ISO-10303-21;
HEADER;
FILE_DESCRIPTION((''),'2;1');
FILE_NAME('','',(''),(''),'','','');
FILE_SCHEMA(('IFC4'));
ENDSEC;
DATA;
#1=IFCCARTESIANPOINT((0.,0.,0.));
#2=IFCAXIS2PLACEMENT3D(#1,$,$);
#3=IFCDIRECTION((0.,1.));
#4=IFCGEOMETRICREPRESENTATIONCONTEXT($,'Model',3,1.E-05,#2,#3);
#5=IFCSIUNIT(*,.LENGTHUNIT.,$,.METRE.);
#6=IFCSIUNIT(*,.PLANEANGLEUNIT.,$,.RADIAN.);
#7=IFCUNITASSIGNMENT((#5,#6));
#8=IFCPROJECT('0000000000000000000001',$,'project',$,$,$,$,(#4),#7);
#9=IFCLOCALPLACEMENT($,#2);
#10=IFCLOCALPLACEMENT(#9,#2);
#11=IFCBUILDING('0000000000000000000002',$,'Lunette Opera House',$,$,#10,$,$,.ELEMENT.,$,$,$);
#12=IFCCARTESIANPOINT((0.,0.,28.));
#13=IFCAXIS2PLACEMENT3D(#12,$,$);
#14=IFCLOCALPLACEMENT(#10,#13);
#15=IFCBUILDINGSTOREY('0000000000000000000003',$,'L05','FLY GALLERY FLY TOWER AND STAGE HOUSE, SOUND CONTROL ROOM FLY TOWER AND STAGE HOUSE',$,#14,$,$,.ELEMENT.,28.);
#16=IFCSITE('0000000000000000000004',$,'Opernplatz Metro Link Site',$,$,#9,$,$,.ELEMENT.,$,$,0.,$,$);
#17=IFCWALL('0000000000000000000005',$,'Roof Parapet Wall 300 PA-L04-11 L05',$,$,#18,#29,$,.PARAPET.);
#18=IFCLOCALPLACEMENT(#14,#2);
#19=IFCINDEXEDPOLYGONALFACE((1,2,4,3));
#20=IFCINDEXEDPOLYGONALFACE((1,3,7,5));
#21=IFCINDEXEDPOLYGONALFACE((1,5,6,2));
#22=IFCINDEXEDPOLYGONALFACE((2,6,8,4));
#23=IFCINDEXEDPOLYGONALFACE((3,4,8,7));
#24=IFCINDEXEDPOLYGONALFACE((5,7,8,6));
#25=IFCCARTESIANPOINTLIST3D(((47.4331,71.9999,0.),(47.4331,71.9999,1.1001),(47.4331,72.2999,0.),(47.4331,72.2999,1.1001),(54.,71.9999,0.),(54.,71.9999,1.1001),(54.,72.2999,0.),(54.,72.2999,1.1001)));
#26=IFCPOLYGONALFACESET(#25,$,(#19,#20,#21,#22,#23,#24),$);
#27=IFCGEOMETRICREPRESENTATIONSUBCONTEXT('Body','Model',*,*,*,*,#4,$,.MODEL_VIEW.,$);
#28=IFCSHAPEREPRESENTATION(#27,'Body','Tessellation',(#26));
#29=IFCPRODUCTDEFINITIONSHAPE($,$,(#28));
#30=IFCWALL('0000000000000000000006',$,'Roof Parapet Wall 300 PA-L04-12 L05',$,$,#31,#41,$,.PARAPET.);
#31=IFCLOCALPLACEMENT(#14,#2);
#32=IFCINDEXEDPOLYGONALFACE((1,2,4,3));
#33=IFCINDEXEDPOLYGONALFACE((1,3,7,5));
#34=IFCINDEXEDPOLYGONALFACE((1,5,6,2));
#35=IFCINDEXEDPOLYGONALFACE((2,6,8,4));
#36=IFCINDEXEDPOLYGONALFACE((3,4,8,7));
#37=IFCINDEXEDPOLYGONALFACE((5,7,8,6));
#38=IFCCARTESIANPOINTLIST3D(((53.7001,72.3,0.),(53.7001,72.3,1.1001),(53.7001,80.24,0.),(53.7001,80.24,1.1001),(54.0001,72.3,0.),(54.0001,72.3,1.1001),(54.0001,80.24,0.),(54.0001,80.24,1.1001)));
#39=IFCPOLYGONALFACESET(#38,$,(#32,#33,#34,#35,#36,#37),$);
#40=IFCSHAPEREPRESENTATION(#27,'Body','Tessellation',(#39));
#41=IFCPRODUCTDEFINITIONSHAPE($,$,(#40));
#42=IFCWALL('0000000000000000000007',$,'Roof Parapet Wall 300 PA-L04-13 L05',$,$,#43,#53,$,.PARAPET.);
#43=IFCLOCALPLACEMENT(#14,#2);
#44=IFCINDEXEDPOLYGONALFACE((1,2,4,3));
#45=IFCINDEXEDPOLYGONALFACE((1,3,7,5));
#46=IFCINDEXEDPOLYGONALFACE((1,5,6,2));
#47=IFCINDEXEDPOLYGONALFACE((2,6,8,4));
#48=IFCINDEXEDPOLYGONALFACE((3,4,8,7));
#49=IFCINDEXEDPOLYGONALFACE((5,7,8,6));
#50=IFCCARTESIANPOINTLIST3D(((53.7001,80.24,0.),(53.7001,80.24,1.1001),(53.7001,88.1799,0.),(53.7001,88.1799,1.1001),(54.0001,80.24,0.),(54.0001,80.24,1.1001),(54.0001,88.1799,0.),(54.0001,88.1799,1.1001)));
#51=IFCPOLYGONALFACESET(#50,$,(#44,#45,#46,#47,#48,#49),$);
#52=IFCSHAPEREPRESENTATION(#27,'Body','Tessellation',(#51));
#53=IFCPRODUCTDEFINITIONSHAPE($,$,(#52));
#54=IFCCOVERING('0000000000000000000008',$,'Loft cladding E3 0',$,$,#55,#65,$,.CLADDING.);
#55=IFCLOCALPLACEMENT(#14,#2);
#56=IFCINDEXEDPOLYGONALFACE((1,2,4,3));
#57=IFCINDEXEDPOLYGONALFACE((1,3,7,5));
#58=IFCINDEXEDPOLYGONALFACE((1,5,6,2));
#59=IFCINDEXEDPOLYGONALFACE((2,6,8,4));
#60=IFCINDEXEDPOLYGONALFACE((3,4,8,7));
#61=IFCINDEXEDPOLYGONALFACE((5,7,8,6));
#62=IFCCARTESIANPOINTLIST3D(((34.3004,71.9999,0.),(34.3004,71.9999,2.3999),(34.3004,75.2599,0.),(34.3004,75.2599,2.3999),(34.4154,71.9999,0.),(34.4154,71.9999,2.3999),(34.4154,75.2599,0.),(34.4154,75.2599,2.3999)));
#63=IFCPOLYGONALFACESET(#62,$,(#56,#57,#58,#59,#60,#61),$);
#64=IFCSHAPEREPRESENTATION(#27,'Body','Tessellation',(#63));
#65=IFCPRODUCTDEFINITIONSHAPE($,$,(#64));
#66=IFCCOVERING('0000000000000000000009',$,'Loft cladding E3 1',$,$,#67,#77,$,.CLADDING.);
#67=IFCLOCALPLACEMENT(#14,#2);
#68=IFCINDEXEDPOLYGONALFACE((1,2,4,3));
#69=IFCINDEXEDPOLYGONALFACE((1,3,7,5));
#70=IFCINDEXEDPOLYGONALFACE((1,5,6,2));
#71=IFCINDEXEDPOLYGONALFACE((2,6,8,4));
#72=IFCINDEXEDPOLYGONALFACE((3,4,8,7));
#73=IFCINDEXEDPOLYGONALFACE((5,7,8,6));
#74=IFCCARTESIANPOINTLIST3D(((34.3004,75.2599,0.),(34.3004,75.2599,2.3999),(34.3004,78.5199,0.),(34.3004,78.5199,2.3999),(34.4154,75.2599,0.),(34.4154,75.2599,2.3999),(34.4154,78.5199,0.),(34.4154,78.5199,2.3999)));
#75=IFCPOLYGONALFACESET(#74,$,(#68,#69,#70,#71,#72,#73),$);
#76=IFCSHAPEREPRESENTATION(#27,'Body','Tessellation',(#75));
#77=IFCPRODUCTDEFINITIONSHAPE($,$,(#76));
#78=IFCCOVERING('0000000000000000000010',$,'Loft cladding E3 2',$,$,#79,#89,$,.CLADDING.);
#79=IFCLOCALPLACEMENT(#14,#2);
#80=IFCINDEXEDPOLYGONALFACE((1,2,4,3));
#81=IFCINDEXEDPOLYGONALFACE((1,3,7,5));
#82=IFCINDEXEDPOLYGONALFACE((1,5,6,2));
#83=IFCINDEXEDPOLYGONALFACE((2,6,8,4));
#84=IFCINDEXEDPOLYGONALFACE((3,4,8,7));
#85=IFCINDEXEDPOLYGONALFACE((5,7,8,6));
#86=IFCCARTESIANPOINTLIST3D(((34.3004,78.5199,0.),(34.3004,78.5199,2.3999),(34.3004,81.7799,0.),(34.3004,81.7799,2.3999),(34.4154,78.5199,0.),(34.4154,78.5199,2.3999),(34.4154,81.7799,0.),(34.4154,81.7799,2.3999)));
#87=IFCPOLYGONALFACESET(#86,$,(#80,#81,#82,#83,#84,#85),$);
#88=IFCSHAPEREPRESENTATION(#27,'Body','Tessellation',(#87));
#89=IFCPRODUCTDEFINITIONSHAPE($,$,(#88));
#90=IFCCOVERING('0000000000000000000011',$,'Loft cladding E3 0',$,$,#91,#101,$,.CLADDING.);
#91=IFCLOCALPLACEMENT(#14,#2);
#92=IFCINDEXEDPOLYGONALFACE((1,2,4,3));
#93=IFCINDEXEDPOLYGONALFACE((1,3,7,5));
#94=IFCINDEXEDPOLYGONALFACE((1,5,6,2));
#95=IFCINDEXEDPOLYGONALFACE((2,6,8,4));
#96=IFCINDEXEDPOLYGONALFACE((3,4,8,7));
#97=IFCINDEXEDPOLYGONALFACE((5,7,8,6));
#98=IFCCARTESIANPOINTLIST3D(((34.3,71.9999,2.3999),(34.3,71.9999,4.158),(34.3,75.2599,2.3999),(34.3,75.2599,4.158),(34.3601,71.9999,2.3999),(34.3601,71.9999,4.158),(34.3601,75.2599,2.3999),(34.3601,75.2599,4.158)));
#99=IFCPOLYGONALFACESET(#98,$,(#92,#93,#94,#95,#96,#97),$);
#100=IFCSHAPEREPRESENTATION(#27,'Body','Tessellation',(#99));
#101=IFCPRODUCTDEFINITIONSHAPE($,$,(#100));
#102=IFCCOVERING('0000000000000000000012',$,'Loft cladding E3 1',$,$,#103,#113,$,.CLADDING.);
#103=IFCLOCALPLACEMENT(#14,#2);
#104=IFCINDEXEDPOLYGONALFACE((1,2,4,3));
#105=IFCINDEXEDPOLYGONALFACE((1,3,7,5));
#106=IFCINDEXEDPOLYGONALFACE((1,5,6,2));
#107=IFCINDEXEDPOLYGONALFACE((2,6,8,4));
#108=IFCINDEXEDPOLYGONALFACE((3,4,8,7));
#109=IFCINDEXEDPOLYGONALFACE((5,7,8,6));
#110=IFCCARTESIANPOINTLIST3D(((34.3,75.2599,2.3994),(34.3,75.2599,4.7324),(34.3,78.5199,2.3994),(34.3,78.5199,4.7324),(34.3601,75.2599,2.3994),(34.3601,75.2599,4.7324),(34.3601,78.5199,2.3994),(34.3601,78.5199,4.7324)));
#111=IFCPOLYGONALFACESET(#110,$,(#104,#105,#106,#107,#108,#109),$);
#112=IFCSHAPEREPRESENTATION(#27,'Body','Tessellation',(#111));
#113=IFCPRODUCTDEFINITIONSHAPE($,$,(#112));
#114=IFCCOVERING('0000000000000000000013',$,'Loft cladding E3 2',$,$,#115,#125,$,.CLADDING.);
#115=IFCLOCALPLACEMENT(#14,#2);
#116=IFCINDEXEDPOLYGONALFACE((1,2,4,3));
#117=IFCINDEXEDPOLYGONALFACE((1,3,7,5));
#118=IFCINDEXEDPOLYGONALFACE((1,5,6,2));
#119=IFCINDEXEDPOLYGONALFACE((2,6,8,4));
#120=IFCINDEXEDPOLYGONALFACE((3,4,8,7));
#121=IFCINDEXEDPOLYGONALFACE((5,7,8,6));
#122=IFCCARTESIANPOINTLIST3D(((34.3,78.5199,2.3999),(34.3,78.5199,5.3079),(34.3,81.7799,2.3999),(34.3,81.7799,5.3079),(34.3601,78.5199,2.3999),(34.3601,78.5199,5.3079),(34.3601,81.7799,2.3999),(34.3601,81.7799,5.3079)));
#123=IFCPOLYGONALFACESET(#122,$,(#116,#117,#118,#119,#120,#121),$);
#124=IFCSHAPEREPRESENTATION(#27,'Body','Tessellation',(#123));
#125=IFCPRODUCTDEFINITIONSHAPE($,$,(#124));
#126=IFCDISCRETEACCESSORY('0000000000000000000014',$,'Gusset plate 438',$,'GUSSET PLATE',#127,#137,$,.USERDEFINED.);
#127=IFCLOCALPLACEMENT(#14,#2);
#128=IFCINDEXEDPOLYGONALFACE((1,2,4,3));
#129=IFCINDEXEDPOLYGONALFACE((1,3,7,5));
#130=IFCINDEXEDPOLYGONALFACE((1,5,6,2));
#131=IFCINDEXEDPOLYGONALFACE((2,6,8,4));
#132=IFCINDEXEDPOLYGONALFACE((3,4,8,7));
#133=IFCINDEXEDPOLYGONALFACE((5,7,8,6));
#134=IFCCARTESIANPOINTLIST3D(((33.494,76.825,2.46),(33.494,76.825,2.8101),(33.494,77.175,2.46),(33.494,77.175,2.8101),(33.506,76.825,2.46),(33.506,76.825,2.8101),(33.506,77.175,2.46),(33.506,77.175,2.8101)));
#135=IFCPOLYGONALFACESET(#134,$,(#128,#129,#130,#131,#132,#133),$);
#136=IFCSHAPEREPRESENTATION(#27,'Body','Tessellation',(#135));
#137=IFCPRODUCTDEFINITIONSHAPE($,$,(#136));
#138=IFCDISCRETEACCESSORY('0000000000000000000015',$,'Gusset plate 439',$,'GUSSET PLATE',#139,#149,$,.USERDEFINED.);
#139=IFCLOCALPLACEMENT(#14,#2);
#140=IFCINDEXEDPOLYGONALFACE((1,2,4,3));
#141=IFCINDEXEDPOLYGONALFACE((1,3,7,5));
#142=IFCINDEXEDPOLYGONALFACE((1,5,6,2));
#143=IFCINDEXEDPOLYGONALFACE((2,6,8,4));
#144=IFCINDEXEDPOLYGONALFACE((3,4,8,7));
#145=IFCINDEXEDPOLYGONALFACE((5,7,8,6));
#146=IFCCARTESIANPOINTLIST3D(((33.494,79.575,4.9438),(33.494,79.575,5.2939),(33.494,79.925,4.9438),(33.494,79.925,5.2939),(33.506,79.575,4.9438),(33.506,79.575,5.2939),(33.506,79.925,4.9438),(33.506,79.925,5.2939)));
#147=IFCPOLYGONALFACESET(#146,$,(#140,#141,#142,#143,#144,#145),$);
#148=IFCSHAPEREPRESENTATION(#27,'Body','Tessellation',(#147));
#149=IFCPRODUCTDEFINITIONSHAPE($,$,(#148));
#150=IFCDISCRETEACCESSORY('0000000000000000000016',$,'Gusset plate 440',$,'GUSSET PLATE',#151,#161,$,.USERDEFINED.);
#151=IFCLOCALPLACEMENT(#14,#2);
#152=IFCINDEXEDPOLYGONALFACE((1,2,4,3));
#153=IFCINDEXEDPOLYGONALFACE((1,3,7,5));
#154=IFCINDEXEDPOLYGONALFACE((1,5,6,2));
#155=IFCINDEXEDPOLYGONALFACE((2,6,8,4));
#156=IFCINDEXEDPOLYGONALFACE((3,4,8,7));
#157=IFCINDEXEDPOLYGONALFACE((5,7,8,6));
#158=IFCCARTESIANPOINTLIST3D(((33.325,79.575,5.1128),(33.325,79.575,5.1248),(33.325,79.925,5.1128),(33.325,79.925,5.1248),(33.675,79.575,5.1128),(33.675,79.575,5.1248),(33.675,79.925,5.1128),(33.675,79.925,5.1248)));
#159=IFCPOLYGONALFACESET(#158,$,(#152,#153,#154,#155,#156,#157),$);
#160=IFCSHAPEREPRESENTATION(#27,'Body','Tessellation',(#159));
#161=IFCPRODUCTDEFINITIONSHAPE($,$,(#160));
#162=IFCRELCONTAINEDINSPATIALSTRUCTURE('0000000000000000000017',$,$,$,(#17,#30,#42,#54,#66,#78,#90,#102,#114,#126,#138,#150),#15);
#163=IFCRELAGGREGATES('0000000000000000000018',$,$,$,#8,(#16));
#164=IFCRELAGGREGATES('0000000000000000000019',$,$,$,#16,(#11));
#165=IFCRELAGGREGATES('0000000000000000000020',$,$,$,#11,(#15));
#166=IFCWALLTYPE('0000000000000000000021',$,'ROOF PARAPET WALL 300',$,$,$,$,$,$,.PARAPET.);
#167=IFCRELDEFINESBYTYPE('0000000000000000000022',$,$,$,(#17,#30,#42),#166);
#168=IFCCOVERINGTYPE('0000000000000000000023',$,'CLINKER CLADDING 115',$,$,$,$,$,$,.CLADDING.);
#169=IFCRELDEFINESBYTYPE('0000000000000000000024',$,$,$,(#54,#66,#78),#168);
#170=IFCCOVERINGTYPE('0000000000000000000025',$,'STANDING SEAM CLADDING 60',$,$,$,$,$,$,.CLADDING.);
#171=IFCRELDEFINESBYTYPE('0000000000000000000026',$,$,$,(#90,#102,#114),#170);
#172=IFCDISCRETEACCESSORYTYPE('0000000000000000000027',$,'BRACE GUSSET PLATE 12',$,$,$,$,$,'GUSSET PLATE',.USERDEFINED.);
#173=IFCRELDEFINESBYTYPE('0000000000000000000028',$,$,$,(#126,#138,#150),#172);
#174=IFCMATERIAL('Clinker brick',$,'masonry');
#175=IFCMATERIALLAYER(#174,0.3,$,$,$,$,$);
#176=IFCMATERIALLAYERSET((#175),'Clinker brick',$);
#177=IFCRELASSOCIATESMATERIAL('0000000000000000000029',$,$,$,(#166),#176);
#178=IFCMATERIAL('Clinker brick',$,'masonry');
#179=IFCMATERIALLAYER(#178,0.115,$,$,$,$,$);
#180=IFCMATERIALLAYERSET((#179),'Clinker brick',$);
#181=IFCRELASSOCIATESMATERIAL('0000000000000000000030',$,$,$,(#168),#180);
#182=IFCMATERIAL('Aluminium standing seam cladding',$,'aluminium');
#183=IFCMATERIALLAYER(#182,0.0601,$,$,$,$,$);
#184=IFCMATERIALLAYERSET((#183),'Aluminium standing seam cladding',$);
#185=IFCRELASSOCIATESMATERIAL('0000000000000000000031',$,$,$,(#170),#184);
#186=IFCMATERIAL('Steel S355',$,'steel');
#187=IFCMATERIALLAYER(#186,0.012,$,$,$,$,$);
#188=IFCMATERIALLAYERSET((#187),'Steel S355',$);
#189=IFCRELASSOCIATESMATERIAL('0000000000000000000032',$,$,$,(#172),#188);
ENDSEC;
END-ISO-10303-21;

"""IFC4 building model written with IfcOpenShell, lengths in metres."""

from ifc_helpers import new_model, si_unit, direction, frame, frame_2d, origin, origin_2d, place, context, subcontext, project, spatial, rectangle, extrude, material, layer, layer_set, type_object, element, save


model = new_model("IFC4")

# Units and contexts
model_context = context("Model", 3, precision=1e-05, world=origin(), true_north=direction((0.0, 1.0)))
body_context = subcontext(model_context, "Body", "Model", "MODEL_VIEW")
ifc_project = project(units=[si_unit("LENGTHUNIT", "METRE"), si_unit("PLANEANGLEUNIT", "RADIAN")], contexts=[model_context])

# Site, building, storey
site_placement = place(None, origin())
site = spatial("IfcSite", under=ifc_project, at=site_placement, Name="Opernplatz Metro Link Site", CompositionType="ELEMENT", RefElevation=0.0)
building_placement = place(site_placement, origin())
building = spatial("IfcBuilding", under=site, at=building_placement, Name="Lunette Opera House", CompositionType="ELEMENT")
storey_placement = place(building_placement, frame((0.0, 0.0, 28.0)))
storey = spatial("IfcBuildingStorey", under=building, at=storey_placement, Name="L05", Description="FLY GALLERY FLY TOWER AND STAGE HOUSE, SOUND CONTROL ROOM FLY TOWER AND STAGE HOUSE", CompositionType="ELEMENT", Elevation=28.0)

# Walls
ifc_material_1 = material(Name="Clinker brick", Category="masonry")
ifc_layer_1 = layer(ifc_material_1, 0.3)
ifc_layer_set_1 = layer_set([ifc_layer_1], Name="Clinker brick")
wall_type_1 = type_object("IfcWallType", Name="ROOF PARAPET WALL 300", PredefinedType="PARAPET", material=ifc_layer_set_1)
wall_1_placement = place(storey_placement, frame((47.4331, 72.1499, 0.0), z_axis=(0.0, 0.0, 1.0), x_axis=(1.0, 0.0, 0.0)))
element("IfcWall", 1, at=wall_1_placement, inside=storey, type_object=wall_type_1, Name="Roof Parapet Wall 300 PA-L04-11 L05", PredefinedType="PARAPET", context=body_context, shape_type="SweptSolid", body=[
    extrude(rectangle(XDim=6.5669, YDim=0.3, at=frame_2d((3.2834, 0.0))), origin(), (0.0, 0.0, 1.0), 1.1001),
])
for number, where, z_axis, x_axis, name in (
    (2, (53.8501, 72.3, 0.0), (0.0, 0.0, 1.0), (0.0, 1.0, 0.0), "Roof Parapet Wall 300 PA-L04-12 L05"),
    (3, (53.8501, 80.24, 0.0), (0.0, 0.0, 1.0), (0.0, 1.0, 0.0), "Roof Parapet Wall 300 PA-L04-13 L05"),
):
    element("IfcWall", number, at=place(storey_placement, frame(where, z_axis=z_axis, x_axis=x_axis)), inside=storey, type_object=wall_type_1, Name=name, PredefinedType="PARAPET", context=body_context, shape_type="SweptSolid", body=[
        extrude(rectangle(XDim=7.9399, YDim=0.3, at=frame_2d((3.97, 0.0))), origin(), (0.0, 0.0, 1.0), 1.1001),
    ])

# Coverings
ifc_material_2 = material(Name="Clinker brick", Category="masonry")
ifc_layer_2 = layer(ifc_material_2, 0.115)
ifc_layer_set_2 = layer_set([ifc_layer_2], Name="Clinker brick")
covering_type_1 = type_object("IfcCoveringType", Name="CLINKER CLADDING 115", PredefinedType="CLADDING", material=ifc_layer_set_2)
for number, where, z_axis, x_axis, name in (
    (4, (34.3579, 73.6299, 0.0), (0.0, 0.0, 1.0), (0.0, 1.0, 0.0), "Loft cladding E3 0"),
    (5, (34.3579, 76.8899, 0.0), (0.0, 0.0, 1.0), (0.0, 1.0, 0.0), "Loft cladding E3 1"),
    (6, (34.3579, 80.1499, 0.0), (0.0, 0.0, 1.0), (0.0, 1.0, 0.0), "Loft cladding E3 2"),
):
    element("IfcCovering", number, at=place(storey_placement, frame(where, z_axis=z_axis, x_axis=x_axis)), inside=storey, type_object=covering_type_1, Name=name, PredefinedType="CLADDING", context=body_context, shape_type="SweptSolid", body=[
        extrude(rectangle(XDim=3.26, YDim=0.115, at=origin_2d()), origin(), (0.0, 0.0, 1.0), 2.3999),
    ])
ifc_material_3 = material(Name="Aluminium standing seam cladding", Category="aluminium")
ifc_layer_3 = layer(ifc_material_3, 0.0601)
ifc_layer_set_3 = layer_set([ifc_layer_3], Name="Aluminium standing seam cladding")
covering_type_2 = type_object("IfcCoveringType", Name="STANDING SEAM CLADDING 60", PredefinedType="CLADDING", material=ifc_layer_set_3)
covering_1_placement = place(storey_placement, frame((34.3301, 73.6299, 2.3999), z_axis=(0.0, 0.0, 1.0), x_axis=(0.0, 1.0, 0.0)))
element("IfcCovering", 7, at=covering_1_placement, inside=storey, type_object=covering_type_2, Name="Loft cladding E3 0", PredefinedType="CLADDING", context=body_context, shape_type="SweptSolid", body=[
    extrude(rectangle(XDim=3.26, YDim=0.0601, at=origin_2d()), origin(), (0.0, 0.0, 1.0), 1.7581),
])
covering_2_placement = place(storey_placement, frame((34.3301, 76.8899, 2.3994), z_axis=(0.0, 0.0, 1.0), x_axis=(0.0, 1.0, 0.0)))
element("IfcCovering", 8, at=covering_2_placement, inside=storey, type_object=covering_type_2, Name="Loft cladding E3 1", PredefinedType="CLADDING", context=body_context, shape_type="SweptSolid", body=[
    extrude(rectangle(XDim=3.26, YDim=0.0601, at=origin_2d()), origin(), (0.0, 0.0, 1.0), 2.333),
])
covering_3_placement = place(storey_placement, frame((34.3301, 80.1499, 2.3999), z_axis=(0.0, 0.0, 1.0), x_axis=(0.0, 1.0, 0.0)))
element("IfcCovering", 9, at=covering_3_placement, inside=storey, type_object=covering_type_2, Name="Loft cladding E3 2", PredefinedType="CLADDING", context=body_context, shape_type="SweptSolid", body=[
    extrude(rectangle(XDim=3.26, YDim=0.0601, at=origin_2d()), origin(), (0.0, 0.0, 1.0), 2.908),
])

# Discrete accessories
ifc_material_4 = material(Name="Steel S355", Category="steel")
ifc_layer_4 = layer(ifc_material_4, 0.012)
ifc_layer_set_4 = layer_set([ifc_layer_4], Name="Steel S355")
discrete_accessory_type = type_object("IfcDiscreteAccessoryType", Name="BRACE GUSSET PLATE 12", ElementType="GUSSET PLATE", PredefinedType="USERDEFINED", material=ifc_layer_set_4)
for number, where, z_axis, x_axis, name in (
    (10, (33.5, 77.0, 2.46), (0.0, 0.0, 1.0), (0.0, 1.0, 0.0), "Gusset plate 438"),
    (11, (33.5, 79.75, 4.9438), (0.0, 0.0, 1.0), (0.0, 1.0, 0.0), "Gusset plate 439"),
):
    element("IfcDiscreteAccessory", number, at=place(storey_placement, frame(where, z_axis=z_axis, x_axis=x_axis)), inside=storey, type_object=discrete_accessory_type, Name=name, ObjectType="GUSSET PLATE", PredefinedType="USERDEFINED", context=body_context, shape_type="SweptSolid", body=[
        extrude(rectangle(XDim=0.3501, YDim=0.012, at=origin_2d()), origin(), (0.0, 0.0, 1.0), 0.3501),
    ])
discrete_accessory_placement = place(storey_placement, frame((33.5, 79.75, 5.1128), z_axis=(0.0, 0.0, 1.0), x_axis=(0.0, 1.0, 0.0)))
element("IfcDiscreteAccessory", 12, at=discrete_accessory_placement, inside=storey, type_object=discrete_accessory_type, Name="Gusset plate 440", ObjectType="GUSSET PLATE", PredefinedType="USERDEFINED", context=body_context, shape_type="SweptSolid", body=[
    extrude(rectangle(XDim=0.3501, YDim=0.3501, at=origin_2d()), origin(), (0.0, 0.0, 1.0), 0.012),
])

save(model, "model.ifc")
